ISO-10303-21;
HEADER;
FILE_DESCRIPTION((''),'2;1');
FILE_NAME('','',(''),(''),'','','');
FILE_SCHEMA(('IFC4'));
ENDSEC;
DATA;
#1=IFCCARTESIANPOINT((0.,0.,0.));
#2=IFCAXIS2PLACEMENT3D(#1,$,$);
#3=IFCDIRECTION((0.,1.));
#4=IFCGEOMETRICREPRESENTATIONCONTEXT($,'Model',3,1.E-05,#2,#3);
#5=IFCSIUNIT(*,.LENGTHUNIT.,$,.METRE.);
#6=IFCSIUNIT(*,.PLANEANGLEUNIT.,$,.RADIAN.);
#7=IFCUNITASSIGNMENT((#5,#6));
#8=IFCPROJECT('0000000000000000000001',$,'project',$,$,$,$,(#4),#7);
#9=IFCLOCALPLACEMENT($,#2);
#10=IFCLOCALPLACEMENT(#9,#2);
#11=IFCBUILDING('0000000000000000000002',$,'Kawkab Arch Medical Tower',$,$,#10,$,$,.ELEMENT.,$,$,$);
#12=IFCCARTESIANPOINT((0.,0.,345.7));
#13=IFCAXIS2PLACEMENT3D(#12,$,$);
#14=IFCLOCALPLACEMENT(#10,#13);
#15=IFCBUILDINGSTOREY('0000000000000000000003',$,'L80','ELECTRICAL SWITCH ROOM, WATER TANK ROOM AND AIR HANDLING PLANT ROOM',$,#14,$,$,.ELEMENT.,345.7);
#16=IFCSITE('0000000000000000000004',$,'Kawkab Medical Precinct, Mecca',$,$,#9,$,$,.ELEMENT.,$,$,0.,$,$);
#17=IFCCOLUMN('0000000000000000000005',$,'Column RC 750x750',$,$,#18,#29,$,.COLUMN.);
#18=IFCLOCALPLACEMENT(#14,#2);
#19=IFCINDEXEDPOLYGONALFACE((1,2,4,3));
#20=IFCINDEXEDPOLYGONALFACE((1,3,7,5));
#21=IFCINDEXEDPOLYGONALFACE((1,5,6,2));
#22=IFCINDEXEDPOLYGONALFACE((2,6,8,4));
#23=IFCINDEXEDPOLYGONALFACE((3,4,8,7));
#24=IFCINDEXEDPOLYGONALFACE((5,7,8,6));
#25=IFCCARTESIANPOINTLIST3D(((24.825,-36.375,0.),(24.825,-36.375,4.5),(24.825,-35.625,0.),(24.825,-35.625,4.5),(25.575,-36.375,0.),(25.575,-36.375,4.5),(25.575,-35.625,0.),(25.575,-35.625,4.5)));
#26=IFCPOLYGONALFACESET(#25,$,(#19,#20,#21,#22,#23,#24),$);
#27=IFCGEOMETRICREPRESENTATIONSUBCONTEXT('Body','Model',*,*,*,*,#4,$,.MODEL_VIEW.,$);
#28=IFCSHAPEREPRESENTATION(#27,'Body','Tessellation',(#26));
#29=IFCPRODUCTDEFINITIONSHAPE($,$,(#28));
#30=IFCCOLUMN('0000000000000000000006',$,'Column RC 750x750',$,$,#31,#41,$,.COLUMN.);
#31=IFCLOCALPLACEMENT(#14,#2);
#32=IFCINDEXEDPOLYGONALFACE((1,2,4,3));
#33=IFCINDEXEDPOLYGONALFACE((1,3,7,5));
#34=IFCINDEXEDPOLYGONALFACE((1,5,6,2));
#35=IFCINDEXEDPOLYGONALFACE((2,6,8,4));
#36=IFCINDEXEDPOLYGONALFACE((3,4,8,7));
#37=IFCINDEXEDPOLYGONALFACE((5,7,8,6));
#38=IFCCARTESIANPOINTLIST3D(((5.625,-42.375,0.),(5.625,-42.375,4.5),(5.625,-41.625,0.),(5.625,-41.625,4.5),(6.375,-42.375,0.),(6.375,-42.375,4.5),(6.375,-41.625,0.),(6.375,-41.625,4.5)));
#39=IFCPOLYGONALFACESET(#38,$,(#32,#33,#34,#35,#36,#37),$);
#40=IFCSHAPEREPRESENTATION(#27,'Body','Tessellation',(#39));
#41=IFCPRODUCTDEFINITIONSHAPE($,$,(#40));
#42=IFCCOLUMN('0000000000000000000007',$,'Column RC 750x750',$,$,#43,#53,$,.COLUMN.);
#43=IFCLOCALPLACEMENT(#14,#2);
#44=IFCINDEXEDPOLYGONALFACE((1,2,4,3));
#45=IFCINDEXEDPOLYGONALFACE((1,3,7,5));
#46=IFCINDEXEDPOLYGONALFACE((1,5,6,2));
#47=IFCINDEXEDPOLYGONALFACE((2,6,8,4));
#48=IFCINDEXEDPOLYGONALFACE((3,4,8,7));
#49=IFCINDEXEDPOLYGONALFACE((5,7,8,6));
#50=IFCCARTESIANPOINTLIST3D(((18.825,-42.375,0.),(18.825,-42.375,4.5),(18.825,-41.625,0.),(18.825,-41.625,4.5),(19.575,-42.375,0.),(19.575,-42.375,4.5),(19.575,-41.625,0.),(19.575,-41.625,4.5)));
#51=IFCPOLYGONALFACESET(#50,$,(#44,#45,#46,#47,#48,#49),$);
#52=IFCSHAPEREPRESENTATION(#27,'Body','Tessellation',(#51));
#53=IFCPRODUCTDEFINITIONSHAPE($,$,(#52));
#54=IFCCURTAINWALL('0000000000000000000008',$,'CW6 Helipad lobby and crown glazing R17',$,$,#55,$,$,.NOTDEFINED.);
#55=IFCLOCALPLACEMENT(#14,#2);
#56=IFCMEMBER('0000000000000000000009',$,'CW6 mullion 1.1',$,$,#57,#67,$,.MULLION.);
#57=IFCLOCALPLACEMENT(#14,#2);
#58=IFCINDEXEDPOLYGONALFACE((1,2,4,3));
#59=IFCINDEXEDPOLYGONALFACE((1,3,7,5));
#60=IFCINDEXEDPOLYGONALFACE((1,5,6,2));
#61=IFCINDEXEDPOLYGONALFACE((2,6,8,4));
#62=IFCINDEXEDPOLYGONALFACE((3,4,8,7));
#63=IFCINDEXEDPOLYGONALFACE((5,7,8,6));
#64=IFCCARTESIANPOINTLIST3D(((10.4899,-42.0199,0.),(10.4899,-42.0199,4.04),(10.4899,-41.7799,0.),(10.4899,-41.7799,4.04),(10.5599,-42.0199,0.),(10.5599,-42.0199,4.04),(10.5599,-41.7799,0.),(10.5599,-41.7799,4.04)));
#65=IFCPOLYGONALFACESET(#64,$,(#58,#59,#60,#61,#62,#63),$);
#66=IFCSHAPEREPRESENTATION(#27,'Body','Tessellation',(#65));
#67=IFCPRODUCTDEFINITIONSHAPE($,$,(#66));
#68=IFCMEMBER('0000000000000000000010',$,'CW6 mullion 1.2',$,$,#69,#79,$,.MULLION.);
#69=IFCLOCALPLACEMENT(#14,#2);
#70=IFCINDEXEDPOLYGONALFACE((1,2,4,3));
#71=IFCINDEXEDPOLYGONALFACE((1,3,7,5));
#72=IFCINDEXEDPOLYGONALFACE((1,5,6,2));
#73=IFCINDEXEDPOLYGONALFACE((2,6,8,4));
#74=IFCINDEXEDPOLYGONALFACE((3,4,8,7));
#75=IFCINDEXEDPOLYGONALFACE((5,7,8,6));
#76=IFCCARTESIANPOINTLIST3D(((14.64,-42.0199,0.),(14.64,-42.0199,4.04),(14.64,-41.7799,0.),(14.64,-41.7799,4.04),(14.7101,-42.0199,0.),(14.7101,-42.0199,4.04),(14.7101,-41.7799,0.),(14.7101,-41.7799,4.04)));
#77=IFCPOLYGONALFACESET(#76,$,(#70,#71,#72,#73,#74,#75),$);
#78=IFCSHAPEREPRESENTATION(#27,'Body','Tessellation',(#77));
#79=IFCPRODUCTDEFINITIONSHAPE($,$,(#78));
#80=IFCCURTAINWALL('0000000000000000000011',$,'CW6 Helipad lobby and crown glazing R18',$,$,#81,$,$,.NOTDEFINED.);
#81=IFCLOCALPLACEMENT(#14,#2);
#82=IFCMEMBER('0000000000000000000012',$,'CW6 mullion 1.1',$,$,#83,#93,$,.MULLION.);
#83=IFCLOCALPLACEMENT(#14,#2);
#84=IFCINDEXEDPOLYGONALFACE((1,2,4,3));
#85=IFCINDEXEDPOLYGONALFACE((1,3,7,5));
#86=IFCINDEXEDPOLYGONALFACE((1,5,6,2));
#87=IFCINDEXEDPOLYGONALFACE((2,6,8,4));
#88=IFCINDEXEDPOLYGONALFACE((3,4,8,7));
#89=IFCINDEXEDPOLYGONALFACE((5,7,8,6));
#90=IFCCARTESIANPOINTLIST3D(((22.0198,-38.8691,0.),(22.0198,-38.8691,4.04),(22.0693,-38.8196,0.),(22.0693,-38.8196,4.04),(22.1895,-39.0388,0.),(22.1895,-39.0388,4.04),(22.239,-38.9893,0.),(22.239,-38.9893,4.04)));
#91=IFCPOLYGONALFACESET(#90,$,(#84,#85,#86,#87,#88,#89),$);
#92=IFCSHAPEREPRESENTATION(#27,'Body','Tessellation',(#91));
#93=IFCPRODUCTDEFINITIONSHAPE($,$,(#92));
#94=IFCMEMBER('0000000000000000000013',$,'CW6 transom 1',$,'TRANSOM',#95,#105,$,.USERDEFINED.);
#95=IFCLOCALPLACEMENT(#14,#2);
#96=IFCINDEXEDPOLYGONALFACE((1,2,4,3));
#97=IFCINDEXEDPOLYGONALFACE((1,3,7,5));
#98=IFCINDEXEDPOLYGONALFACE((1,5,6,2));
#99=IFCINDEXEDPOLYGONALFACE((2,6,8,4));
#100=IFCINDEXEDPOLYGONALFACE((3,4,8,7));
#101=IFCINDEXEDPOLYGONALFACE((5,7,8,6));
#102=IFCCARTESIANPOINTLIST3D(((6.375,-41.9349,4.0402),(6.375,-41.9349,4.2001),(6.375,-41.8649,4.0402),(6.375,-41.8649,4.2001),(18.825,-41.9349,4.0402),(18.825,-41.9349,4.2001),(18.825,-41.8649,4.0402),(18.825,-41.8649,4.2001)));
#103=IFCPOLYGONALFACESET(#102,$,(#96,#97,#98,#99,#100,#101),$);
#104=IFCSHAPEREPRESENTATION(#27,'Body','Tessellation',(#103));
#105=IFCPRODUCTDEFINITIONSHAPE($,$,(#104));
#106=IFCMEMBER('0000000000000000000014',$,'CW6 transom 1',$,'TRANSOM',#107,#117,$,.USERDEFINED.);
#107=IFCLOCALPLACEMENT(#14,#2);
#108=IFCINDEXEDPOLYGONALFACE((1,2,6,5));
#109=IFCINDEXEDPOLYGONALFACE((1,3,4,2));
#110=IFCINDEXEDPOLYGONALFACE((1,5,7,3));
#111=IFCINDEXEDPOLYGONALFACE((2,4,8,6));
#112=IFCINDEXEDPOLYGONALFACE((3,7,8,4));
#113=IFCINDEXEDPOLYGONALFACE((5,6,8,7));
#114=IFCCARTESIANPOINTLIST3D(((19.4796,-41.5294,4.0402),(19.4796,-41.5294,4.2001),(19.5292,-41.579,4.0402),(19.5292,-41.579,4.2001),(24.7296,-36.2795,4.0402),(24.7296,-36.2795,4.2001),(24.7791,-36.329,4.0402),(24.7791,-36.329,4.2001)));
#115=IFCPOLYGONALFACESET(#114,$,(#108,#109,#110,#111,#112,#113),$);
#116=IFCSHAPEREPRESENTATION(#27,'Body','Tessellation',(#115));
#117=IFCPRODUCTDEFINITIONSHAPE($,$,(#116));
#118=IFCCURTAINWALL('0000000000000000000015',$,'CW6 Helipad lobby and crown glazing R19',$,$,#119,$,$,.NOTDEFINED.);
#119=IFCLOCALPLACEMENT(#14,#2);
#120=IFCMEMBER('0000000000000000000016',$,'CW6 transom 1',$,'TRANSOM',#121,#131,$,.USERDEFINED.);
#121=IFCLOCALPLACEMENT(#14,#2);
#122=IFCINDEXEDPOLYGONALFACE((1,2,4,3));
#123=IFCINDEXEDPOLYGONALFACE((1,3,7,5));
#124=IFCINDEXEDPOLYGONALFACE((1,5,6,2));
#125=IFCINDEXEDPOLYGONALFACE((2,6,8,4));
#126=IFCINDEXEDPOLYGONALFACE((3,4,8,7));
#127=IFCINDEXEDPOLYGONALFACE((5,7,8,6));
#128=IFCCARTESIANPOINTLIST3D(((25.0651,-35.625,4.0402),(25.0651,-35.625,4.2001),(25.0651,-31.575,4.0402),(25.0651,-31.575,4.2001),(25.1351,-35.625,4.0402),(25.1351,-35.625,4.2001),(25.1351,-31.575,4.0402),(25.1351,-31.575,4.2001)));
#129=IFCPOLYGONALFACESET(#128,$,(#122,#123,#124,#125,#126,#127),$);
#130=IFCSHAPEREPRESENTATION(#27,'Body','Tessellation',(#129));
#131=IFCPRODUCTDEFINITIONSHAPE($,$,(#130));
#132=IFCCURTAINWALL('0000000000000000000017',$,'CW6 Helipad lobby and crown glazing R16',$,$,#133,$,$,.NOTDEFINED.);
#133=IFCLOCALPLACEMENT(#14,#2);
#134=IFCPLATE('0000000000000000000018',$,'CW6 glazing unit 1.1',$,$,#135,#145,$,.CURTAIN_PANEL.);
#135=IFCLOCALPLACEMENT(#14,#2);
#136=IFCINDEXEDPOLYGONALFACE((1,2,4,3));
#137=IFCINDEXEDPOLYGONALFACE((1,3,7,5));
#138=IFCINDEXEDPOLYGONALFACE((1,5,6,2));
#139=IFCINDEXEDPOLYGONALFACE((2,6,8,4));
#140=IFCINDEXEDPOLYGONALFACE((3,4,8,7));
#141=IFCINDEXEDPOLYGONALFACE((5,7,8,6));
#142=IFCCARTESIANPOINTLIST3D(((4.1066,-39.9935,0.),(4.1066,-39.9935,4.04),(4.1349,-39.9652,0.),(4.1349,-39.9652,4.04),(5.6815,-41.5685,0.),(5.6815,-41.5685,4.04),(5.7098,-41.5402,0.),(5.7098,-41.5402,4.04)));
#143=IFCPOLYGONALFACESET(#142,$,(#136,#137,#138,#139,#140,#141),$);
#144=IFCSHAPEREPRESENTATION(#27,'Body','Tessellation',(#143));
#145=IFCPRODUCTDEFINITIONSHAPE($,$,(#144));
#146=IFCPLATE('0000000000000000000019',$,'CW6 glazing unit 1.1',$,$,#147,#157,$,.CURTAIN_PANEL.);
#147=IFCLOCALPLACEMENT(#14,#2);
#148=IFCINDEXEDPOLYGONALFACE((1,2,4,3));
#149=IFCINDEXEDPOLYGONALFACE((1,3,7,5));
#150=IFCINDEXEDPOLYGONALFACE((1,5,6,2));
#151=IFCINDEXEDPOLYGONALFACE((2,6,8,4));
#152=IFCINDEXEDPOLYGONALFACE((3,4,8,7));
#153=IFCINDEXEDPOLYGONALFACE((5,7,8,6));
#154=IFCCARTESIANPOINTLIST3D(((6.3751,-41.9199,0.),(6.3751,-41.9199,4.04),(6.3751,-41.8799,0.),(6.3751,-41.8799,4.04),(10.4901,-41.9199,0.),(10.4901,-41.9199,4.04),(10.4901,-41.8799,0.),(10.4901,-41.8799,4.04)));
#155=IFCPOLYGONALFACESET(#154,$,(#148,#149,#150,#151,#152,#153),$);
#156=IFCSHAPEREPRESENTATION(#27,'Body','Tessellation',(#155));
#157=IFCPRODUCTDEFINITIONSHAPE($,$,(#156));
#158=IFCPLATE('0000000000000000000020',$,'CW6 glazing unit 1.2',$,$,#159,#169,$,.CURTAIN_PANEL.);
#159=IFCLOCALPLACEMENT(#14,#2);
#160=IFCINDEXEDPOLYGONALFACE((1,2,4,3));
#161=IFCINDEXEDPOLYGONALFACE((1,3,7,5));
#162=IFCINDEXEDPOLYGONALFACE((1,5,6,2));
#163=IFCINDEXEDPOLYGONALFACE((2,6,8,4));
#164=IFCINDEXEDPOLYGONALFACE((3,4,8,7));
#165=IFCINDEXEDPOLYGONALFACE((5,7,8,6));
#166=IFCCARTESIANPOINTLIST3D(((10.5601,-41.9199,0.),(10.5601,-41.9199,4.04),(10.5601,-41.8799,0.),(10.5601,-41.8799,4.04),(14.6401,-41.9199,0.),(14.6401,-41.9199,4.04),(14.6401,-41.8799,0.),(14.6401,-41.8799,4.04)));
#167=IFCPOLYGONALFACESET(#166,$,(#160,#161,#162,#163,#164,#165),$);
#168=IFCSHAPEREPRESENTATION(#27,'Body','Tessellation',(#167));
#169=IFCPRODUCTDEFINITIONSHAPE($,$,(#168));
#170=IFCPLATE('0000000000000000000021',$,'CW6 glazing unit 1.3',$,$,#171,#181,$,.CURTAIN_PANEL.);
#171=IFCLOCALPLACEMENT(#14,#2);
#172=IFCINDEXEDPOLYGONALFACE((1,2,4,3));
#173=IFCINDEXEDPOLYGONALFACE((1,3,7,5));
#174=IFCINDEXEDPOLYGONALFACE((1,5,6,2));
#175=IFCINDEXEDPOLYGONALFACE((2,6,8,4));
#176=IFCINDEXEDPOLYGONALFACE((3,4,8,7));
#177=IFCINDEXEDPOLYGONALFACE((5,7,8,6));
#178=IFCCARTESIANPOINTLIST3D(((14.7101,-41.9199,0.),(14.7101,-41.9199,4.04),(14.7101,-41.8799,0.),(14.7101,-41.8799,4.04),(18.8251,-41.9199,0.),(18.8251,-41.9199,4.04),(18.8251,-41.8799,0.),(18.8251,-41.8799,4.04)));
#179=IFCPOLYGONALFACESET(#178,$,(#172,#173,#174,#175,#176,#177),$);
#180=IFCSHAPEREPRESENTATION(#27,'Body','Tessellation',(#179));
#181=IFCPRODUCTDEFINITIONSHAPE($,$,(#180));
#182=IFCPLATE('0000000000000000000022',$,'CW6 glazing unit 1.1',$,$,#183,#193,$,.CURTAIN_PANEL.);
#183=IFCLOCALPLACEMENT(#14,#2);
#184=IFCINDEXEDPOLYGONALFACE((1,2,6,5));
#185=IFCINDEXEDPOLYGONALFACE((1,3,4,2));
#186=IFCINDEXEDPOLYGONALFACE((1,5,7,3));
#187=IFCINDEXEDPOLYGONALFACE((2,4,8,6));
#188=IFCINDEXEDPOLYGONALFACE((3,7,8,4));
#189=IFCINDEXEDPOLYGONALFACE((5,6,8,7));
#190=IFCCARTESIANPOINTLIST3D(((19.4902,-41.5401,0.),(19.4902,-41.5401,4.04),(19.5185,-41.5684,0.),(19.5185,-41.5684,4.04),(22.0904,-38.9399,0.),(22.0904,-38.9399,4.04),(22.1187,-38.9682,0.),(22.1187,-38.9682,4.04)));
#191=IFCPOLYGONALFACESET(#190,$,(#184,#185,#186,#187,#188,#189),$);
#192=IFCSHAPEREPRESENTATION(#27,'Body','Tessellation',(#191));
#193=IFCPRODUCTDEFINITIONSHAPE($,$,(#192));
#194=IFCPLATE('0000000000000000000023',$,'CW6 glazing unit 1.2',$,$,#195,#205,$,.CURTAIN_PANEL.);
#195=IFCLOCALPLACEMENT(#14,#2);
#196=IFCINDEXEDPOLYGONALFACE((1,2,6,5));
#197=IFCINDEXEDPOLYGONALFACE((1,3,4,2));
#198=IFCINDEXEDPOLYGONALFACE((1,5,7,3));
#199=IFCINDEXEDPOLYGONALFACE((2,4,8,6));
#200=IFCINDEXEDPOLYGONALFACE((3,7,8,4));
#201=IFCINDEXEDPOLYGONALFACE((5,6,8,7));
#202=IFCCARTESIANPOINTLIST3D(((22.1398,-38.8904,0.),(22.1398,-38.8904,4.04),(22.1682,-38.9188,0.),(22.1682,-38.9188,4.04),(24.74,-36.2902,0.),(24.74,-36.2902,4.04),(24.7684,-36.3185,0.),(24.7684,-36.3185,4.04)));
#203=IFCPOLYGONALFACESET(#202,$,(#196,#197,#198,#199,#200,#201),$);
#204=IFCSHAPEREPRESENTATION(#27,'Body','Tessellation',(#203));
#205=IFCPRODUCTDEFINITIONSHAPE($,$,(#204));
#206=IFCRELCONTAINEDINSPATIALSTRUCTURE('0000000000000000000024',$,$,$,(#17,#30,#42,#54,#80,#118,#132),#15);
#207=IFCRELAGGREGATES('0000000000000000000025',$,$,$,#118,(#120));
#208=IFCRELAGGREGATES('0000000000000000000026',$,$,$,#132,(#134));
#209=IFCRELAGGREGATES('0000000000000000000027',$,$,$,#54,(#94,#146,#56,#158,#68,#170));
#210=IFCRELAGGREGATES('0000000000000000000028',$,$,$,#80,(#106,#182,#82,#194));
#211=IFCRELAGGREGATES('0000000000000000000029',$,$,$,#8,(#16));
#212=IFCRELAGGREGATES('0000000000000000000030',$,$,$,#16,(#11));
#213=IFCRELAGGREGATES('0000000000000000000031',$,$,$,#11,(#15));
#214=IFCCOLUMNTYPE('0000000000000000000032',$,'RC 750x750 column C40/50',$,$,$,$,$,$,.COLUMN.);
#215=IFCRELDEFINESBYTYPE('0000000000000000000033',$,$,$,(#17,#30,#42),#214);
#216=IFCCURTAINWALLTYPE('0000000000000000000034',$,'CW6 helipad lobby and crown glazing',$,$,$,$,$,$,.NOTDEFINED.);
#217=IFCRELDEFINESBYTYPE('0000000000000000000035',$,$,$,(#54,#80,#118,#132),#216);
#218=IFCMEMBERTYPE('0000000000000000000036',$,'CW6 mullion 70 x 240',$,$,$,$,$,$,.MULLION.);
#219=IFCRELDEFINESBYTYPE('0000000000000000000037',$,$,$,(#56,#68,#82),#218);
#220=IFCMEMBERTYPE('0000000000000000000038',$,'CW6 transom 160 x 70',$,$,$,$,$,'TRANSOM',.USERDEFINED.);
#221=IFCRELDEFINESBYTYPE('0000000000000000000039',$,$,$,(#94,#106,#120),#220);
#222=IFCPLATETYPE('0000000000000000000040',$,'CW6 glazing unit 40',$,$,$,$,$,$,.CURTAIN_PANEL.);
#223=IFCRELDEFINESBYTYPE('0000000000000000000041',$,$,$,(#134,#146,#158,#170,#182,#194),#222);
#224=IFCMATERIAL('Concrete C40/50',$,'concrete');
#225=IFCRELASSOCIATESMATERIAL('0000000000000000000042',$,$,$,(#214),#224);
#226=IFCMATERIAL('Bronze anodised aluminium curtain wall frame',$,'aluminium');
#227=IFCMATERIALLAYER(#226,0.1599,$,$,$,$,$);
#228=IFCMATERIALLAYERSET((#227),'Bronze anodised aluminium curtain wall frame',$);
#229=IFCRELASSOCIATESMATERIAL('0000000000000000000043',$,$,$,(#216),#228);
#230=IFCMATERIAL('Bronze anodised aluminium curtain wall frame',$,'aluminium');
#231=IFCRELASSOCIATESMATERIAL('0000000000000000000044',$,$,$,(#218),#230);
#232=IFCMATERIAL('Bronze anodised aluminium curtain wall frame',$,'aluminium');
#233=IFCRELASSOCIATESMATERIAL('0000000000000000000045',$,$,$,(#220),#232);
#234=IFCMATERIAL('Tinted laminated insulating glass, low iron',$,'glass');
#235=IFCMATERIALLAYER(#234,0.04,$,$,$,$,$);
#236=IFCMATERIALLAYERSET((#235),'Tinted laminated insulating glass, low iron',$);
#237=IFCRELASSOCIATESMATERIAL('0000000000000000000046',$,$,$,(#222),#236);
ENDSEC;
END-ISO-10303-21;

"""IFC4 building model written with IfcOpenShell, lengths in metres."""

from ifc_helpers import new_model, si_unit, direction, frame, origin, origin_2d, place, context, subcontext, project, spatial, rectangle, extrude, material, layer, layer_set, material_profile, profile_set, type_object, element, aggregate, save


model = new_model("IFC4")

# Units and contexts
model_context = context("Model", 3, precision=1e-05, world=origin(), true_north=direction((0.0, 1.0)))
body_context = subcontext(model_context, "Body", "Model", "MODEL_VIEW")
ifc_project = project(units=[si_unit("LENGTHUNIT", "METRE"), si_unit("PLANEANGLEUNIT", "RADIAN")], contexts=[model_context])

# Site, building, storey
site_placement = place(None, origin())
site = spatial("IfcSite", under=ifc_project, at=site_placement, Name="Kawkab Medical Precinct, Mecca", CompositionType="ELEMENT", RefElevation=0.0)
building_placement = place(site_placement, origin())
building = spatial("IfcBuilding", under=site, at=building_placement, Name="Kawkab Arch Medical Tower", CompositionType="ELEMENT")
storey_placement = place(building_placement, frame((0.0, 0.0, 345.7)))
storey = spatial("IfcBuildingStorey", under=building, at=storey_placement, Name="L80", Description="ELECTRICAL SWITCH ROOM, WATER TANK ROOM AND AIR HANDLING PLANT ROOM", CompositionType="ELEMENT", Elevation=345.7)

# Columns
ifc_material_1 = material(Name="Concrete C40/50", Category="concrete")
ifc_material_profile_1 = material_profile(ifc_material_1, rectangle(XDim=0.75, YDim=0.75, at=origin_2d()), Name="RC 750x750")
ifc_profile_set_1 = profile_set([ifc_material_profile_1], Name="Concrete C40/50")
column_type = type_object("IfcColumnType", Name="RC 750x750 column C40/50", PredefinedType="COLUMN", material=ifc_profile_set_1)
for number, where, z_axis, x_axis, name in (
    (1, (25.2, -36.0, 0.0), (0.0, 0.0, 1.0), (1.0, 0.0, 0.0), "Column RC 750x750"),
    (2, (6.0, -42.0, 0.0), (0.0, 0.0, 1.0), (1.0, 0.0, 0.0), "Column RC 750x750"),
    (3, (19.2, -42.0, 0.0), (0.0, 0.0, 1.0), (1.0, 0.0, 0.0), "Column RC 750x750"),
):
    element("IfcColumn", number, at=place(storey_placement, frame(where, z_axis=z_axis, x_axis=x_axis)), inside=storey, type_object=column_type, Name=name, PredefinedType="COLUMN", context=body_context, shape_type="SweptSolid", body=[
        extrude(rectangle(XDim=0.75, YDim=0.75, at=origin_2d()), origin(), (0.0, 0.0, 1.0), 4.5),
    ])

# Curtain wall, members
ifc_material_2 = material(Name="Bronze anodised aluminium curtain wall frame", Category="aluminium")
ifc_layer_1 = layer(ifc_material_2, 0.1599)
ifc_layer_set_1 = layer_set([ifc_layer_1], Name="Bronze anodised aluminium curtain wall frame")
curtain_wall_type = type_object("IfcCurtainWallType", Name="CW6 helipad lobby and crown glazing", PredefinedType="NOTDEFINED", material=ifc_layer_set_1)
placement = place(storey_placement, origin())
curtain_wall_1 = element("IfcCurtainWall", 4, at=placement, inside=storey, type_object=curtain_wall_type, Name="CW6 Helipad lobby and crown glazing R17", PredefinedType="NOTDEFINED")
ifc_material_3 = material(Name="Bronze anodised aluminium curtain wall frame", Category="aluminium")
ifc_material_profile_2 = material_profile(ifc_material_3, rectangle(XDim=0.24, YDim=0.0701, at=origin_2d()), Name="AL 70x240")
ifc_profile_set_2 = profile_set([ifc_material_profile_2], Name="Bronze anodised aluminium curtain wall frame")
member_type_1 = type_object("IfcMemberType", Name="CW6 mullion 70 x 240", PredefinedType="MULLION", material=ifc_profile_set_2)
member_1_placement = place(storey_placement, frame((10.5249, -41.8999, 0.0), z_axis=(0.0, 0.0, 1.0), x_axis=(0.0, 1.0, 0.0)))
member_1 = element("IfcMember", 5, at=member_1_placement, type_object=member_type_1, Name="CW6 mullion 1.1", PredefinedType="MULLION", context=body_context, shape_type="SweptSolid", body=[
    extrude(rectangle(XDim=0.24, YDim=0.0701, at=origin_2d()), origin(), (0.0, 0.0, 1.0), 4.04),
])
member_2_placement = place(storey_placement, frame((14.675, -41.8999, 0.0), z_axis=(0.0, 0.0, 1.0), x_axis=(0.0, 1.0, 0.0)))
member_2 = element("IfcMember", 6, at=member_2_placement, type_object=member_type_1, Name="CW6 mullion 1.2", PredefinedType="MULLION", context=body_context, shape_type="SweptSolid", body=[
    extrude(rectangle(XDim=0.24, YDim=0.0701, at=origin_2d()), origin(), (0.0, 0.0, 1.0), 4.04),
])

# Curtain wall, member
curtain_wall_2 = element("IfcCurtainWall", 7, at=placement, inside=storey, type_object=curtain_wall_type, Name="CW6 Helipad lobby and crown glazing R18", PredefinedType="NOTDEFINED")
member_3_placement = place(storey_placement, frame((22.1294, -38.9292, 0.0), z_axis=(0.0, 0.0, 1.0), x_axis=(-0.707107, 0.707107, 0.0)))
member_3 = element("IfcMember", 8, at=member_3_placement, type_object=member_type_1, Name="CW6 mullion 1.1", PredefinedType="MULLION", context=body_context, shape_type="SweptSolid", body=[
    extrude(rectangle(XDim=0.24, YDim=0.0701, at=origin_2d()), origin(), (0.0, 0.0, 1.0), 4.04),
])

# Members
ifc_material_4 = material(Name="Bronze anodised aluminium curtain wall frame", Category="aluminium")
ifc_material_profile_3 = material_profile(ifc_material_4, rectangle(XDim=0.0701, YDim=0.1599, at=origin_2d()), Name="AL 70x160")
ifc_profile_set_3 = profile_set([ifc_material_profile_3], Name="Bronze anodised aluminium curtain wall frame")
member_type_2 = type_object("IfcMemberType", Name="CW6 transom 160 x 70", ElementType="TRANSOM", PredefinedType="USERDEFINED", material=ifc_profile_set_3)
member_4_placement = place(storey_placement, frame((6.375, -41.8999, 4.1201), z_axis=(1.0, 0.0, 0.0), x_axis=(0.0, 1.0, 0.0)))
member_4 = element("IfcMember", 9, at=member_4_placement, type_object=member_type_2, Name="CW6 transom 1", ObjectType="TRANSOM", PredefinedType="USERDEFINED", context=body_context, shape_type="SweptSolid", body=[
    extrude(rectangle(XDim=0.0701, YDim=0.1599, at=origin_2d()), origin(), (0.0, 0.0, 1.0), 12.45),
])
member_5_placement = place(storey_placement, frame((19.5044, -41.5542, 4.1201), z_axis=(0.707107, 0.707107, 0.0), x_axis=(-0.707107, 0.707107, 0.0)))
member_5 = element("IfcMember", 10, at=member_5_placement, type_object=member_type_2, Name="CW6 transom 1", ObjectType="TRANSOM", PredefinedType="USERDEFINED", context=body_context, shape_type="SweptSolid", body=[
    extrude(rectangle(XDim=0.0701, YDim=0.1599, at=origin_2d()), origin(), (0.0, 0.0, 1.0), 7.4246),
])

# Curtain wall, member
curtain_wall_3 = element("IfcCurtainWall", 11, at=placement, inside=storey, type_object=curtain_wall_type, Name="CW6 Helipad lobby and crown glazing R19", PredefinedType="NOTDEFINED")
member_6_placement = place(storey_placement, frame((25.1001, -35.625, 4.1201), z_axis=(0.0, 1.0, 0.0), x_axis=(-1.0, 0.0, 0.0)))
member_6 = element("IfcMember", 12, at=member_6_placement, type_object=member_type_2, Name="CW6 transom 1", ObjectType="TRANSOM", PredefinedType="USERDEFINED", context=body_context, shape_type="SweptSolid", body=[
    extrude(rectangle(XDim=0.0701, YDim=0.1599, at=origin_2d()), origin(), (0.0, 0.0, 1.0), 4.05),
])
aggregate(curtain_wall_3, [member_6])

# Curtain wall, plate
curtain_wall_4 = element("IfcCurtainWall", 13, at=placement, inside=storey, type_object=curtain_wall_type, Name="CW6 Helipad lobby and crown glazing R16", PredefinedType="NOTDEFINED")
ifc_material_5 = material(Name="Tinted laminated insulating glass, low iron", Category="glass")
ifc_layer_2 = layer(ifc_material_5, 0.04)
ifc_layer_set_2 = layer_set([ifc_layer_2], Name="Tinted laminated insulating glass, low iron")
plate_type_1 = type_object("IfcPlateType", Name="CW6 glazing unit 40", PredefinedType="CURTAIN_PANEL", material=ifc_layer_set_2)
plate_1_placement = place(storey_placement, frame((4.9082, -40.7668, 0.0), z_axis=(0.0, 0.0, 1.0), x_axis=(0.707107, -0.707107, 0.0)))
plate_1 = element("IfcPlate", 14, at=plate_1_placement, type_object=plate_type_1, Name="CW6 glazing unit 1.1", PredefinedType="CURTAIN_PANEL", context=body_context, shape_type="SweptSolid", body=[
    extrude(rectangle(XDim=2.2273, YDim=0.04, at=origin_2d()), origin(), (0.0, 0.0, 1.0), 4.04),
])
aggregate(curtain_wall_4, [plate_1])

# Plates
plate_2_placement = place(storey_placement, frame((8.4326, -41.8999, 0.0), z_axis=(0.0, 0.0, 1.0), x_axis=(1.0, 0.0, 0.0)))
plate_2 = element("IfcPlate", 15, at=plate_2_placement, type_object=plate_type_1, Name="CW6 glazing unit 1.1", PredefinedType="CURTAIN_PANEL", context=body_context, shape_type="SweptSolid", body=[
    extrude(rectangle(XDim=4.115, YDim=0.04, at=origin_2d()), origin(), (0.0, 0.0, 1.0), 4.04),
])
plate_3_placement = place(storey_placement, frame((12.6001, -41.8999, 0.0), z_axis=(0.0, 0.0, 1.0), x_axis=(1.0, 0.0, 0.0)))
plate_3 = element("IfcPlate", 16, at=plate_3_placement, type_object=plate_type_1, Name="CW6 glazing unit 1.2", PredefinedType="CURTAIN_PANEL", context=body_context, shape_type="SweptSolid", body=[
    extrude(rectangle(XDim=4.0801, YDim=0.04, at=origin_2d()), origin(), (0.0, 0.0, 1.0), 4.04),
])
plate_4_placement = place(storey_placement, frame((16.7676, -41.8999, 0.0), z_axis=(0.0, 0.0, 1.0), x_axis=(1.0, 0.0, 0.0)))
plate_4 = element("IfcPlate", 17, at=plate_4_placement, type_object=plate_type_1, Name="CW6 glazing unit 1.3", PredefinedType="CURTAIN_PANEL", context=body_context, shape_type="SweptSolid", body=[
    extrude(rectangle(XDim=4.115, YDim=0.04, at=origin_2d()), origin(), (0.0, 0.0, 1.0), 4.04),
])
aggregate(curtain_wall_1, [member_4, plate_2, member_1, plate_3, member_2, plate_4])
plate_5_placement = place(storey_placement, frame((20.8044, -40.2542, 0.0), z_axis=(0.0, 0.0, 1.0), x_axis=(0.707107, 0.707107, 0.0)))
plate_5 = element("IfcPlate", 18, at=plate_5_placement, type_object=plate_type_1, Name="CW6 glazing unit 1.1", PredefinedType="CURTAIN_PANEL", context=body_context, shape_type="SweptSolid", body=[
    extrude(rectangle(XDim=3.6772, YDim=0.04, at=origin_2d()), origin(), (0.0, 0.0, 1.0), 4.04),
])
plate_6_placement = place(storey_placement, frame((23.4541, -37.6045, 0.0), z_axis=(0.0, 0.0, 1.0), x_axis=(0.707107, 0.707107, 0.0)))
plate_6 = element("IfcPlate", 19, at=plate_6_placement, type_object=plate_type_1, Name="CW6 glazing unit 1.2", PredefinedType="CURTAIN_PANEL", context=body_context, shape_type="SweptSolid", body=[
    extrude(rectangle(XDim=3.6772, YDim=0.04, at=origin_2d()), origin(), (0.0, 0.0, 1.0), 4.04),
])
aggregate(curtain_wall_2, [member_5, plate_5, member_3, plate_6])

save(model, "model.ifc")
